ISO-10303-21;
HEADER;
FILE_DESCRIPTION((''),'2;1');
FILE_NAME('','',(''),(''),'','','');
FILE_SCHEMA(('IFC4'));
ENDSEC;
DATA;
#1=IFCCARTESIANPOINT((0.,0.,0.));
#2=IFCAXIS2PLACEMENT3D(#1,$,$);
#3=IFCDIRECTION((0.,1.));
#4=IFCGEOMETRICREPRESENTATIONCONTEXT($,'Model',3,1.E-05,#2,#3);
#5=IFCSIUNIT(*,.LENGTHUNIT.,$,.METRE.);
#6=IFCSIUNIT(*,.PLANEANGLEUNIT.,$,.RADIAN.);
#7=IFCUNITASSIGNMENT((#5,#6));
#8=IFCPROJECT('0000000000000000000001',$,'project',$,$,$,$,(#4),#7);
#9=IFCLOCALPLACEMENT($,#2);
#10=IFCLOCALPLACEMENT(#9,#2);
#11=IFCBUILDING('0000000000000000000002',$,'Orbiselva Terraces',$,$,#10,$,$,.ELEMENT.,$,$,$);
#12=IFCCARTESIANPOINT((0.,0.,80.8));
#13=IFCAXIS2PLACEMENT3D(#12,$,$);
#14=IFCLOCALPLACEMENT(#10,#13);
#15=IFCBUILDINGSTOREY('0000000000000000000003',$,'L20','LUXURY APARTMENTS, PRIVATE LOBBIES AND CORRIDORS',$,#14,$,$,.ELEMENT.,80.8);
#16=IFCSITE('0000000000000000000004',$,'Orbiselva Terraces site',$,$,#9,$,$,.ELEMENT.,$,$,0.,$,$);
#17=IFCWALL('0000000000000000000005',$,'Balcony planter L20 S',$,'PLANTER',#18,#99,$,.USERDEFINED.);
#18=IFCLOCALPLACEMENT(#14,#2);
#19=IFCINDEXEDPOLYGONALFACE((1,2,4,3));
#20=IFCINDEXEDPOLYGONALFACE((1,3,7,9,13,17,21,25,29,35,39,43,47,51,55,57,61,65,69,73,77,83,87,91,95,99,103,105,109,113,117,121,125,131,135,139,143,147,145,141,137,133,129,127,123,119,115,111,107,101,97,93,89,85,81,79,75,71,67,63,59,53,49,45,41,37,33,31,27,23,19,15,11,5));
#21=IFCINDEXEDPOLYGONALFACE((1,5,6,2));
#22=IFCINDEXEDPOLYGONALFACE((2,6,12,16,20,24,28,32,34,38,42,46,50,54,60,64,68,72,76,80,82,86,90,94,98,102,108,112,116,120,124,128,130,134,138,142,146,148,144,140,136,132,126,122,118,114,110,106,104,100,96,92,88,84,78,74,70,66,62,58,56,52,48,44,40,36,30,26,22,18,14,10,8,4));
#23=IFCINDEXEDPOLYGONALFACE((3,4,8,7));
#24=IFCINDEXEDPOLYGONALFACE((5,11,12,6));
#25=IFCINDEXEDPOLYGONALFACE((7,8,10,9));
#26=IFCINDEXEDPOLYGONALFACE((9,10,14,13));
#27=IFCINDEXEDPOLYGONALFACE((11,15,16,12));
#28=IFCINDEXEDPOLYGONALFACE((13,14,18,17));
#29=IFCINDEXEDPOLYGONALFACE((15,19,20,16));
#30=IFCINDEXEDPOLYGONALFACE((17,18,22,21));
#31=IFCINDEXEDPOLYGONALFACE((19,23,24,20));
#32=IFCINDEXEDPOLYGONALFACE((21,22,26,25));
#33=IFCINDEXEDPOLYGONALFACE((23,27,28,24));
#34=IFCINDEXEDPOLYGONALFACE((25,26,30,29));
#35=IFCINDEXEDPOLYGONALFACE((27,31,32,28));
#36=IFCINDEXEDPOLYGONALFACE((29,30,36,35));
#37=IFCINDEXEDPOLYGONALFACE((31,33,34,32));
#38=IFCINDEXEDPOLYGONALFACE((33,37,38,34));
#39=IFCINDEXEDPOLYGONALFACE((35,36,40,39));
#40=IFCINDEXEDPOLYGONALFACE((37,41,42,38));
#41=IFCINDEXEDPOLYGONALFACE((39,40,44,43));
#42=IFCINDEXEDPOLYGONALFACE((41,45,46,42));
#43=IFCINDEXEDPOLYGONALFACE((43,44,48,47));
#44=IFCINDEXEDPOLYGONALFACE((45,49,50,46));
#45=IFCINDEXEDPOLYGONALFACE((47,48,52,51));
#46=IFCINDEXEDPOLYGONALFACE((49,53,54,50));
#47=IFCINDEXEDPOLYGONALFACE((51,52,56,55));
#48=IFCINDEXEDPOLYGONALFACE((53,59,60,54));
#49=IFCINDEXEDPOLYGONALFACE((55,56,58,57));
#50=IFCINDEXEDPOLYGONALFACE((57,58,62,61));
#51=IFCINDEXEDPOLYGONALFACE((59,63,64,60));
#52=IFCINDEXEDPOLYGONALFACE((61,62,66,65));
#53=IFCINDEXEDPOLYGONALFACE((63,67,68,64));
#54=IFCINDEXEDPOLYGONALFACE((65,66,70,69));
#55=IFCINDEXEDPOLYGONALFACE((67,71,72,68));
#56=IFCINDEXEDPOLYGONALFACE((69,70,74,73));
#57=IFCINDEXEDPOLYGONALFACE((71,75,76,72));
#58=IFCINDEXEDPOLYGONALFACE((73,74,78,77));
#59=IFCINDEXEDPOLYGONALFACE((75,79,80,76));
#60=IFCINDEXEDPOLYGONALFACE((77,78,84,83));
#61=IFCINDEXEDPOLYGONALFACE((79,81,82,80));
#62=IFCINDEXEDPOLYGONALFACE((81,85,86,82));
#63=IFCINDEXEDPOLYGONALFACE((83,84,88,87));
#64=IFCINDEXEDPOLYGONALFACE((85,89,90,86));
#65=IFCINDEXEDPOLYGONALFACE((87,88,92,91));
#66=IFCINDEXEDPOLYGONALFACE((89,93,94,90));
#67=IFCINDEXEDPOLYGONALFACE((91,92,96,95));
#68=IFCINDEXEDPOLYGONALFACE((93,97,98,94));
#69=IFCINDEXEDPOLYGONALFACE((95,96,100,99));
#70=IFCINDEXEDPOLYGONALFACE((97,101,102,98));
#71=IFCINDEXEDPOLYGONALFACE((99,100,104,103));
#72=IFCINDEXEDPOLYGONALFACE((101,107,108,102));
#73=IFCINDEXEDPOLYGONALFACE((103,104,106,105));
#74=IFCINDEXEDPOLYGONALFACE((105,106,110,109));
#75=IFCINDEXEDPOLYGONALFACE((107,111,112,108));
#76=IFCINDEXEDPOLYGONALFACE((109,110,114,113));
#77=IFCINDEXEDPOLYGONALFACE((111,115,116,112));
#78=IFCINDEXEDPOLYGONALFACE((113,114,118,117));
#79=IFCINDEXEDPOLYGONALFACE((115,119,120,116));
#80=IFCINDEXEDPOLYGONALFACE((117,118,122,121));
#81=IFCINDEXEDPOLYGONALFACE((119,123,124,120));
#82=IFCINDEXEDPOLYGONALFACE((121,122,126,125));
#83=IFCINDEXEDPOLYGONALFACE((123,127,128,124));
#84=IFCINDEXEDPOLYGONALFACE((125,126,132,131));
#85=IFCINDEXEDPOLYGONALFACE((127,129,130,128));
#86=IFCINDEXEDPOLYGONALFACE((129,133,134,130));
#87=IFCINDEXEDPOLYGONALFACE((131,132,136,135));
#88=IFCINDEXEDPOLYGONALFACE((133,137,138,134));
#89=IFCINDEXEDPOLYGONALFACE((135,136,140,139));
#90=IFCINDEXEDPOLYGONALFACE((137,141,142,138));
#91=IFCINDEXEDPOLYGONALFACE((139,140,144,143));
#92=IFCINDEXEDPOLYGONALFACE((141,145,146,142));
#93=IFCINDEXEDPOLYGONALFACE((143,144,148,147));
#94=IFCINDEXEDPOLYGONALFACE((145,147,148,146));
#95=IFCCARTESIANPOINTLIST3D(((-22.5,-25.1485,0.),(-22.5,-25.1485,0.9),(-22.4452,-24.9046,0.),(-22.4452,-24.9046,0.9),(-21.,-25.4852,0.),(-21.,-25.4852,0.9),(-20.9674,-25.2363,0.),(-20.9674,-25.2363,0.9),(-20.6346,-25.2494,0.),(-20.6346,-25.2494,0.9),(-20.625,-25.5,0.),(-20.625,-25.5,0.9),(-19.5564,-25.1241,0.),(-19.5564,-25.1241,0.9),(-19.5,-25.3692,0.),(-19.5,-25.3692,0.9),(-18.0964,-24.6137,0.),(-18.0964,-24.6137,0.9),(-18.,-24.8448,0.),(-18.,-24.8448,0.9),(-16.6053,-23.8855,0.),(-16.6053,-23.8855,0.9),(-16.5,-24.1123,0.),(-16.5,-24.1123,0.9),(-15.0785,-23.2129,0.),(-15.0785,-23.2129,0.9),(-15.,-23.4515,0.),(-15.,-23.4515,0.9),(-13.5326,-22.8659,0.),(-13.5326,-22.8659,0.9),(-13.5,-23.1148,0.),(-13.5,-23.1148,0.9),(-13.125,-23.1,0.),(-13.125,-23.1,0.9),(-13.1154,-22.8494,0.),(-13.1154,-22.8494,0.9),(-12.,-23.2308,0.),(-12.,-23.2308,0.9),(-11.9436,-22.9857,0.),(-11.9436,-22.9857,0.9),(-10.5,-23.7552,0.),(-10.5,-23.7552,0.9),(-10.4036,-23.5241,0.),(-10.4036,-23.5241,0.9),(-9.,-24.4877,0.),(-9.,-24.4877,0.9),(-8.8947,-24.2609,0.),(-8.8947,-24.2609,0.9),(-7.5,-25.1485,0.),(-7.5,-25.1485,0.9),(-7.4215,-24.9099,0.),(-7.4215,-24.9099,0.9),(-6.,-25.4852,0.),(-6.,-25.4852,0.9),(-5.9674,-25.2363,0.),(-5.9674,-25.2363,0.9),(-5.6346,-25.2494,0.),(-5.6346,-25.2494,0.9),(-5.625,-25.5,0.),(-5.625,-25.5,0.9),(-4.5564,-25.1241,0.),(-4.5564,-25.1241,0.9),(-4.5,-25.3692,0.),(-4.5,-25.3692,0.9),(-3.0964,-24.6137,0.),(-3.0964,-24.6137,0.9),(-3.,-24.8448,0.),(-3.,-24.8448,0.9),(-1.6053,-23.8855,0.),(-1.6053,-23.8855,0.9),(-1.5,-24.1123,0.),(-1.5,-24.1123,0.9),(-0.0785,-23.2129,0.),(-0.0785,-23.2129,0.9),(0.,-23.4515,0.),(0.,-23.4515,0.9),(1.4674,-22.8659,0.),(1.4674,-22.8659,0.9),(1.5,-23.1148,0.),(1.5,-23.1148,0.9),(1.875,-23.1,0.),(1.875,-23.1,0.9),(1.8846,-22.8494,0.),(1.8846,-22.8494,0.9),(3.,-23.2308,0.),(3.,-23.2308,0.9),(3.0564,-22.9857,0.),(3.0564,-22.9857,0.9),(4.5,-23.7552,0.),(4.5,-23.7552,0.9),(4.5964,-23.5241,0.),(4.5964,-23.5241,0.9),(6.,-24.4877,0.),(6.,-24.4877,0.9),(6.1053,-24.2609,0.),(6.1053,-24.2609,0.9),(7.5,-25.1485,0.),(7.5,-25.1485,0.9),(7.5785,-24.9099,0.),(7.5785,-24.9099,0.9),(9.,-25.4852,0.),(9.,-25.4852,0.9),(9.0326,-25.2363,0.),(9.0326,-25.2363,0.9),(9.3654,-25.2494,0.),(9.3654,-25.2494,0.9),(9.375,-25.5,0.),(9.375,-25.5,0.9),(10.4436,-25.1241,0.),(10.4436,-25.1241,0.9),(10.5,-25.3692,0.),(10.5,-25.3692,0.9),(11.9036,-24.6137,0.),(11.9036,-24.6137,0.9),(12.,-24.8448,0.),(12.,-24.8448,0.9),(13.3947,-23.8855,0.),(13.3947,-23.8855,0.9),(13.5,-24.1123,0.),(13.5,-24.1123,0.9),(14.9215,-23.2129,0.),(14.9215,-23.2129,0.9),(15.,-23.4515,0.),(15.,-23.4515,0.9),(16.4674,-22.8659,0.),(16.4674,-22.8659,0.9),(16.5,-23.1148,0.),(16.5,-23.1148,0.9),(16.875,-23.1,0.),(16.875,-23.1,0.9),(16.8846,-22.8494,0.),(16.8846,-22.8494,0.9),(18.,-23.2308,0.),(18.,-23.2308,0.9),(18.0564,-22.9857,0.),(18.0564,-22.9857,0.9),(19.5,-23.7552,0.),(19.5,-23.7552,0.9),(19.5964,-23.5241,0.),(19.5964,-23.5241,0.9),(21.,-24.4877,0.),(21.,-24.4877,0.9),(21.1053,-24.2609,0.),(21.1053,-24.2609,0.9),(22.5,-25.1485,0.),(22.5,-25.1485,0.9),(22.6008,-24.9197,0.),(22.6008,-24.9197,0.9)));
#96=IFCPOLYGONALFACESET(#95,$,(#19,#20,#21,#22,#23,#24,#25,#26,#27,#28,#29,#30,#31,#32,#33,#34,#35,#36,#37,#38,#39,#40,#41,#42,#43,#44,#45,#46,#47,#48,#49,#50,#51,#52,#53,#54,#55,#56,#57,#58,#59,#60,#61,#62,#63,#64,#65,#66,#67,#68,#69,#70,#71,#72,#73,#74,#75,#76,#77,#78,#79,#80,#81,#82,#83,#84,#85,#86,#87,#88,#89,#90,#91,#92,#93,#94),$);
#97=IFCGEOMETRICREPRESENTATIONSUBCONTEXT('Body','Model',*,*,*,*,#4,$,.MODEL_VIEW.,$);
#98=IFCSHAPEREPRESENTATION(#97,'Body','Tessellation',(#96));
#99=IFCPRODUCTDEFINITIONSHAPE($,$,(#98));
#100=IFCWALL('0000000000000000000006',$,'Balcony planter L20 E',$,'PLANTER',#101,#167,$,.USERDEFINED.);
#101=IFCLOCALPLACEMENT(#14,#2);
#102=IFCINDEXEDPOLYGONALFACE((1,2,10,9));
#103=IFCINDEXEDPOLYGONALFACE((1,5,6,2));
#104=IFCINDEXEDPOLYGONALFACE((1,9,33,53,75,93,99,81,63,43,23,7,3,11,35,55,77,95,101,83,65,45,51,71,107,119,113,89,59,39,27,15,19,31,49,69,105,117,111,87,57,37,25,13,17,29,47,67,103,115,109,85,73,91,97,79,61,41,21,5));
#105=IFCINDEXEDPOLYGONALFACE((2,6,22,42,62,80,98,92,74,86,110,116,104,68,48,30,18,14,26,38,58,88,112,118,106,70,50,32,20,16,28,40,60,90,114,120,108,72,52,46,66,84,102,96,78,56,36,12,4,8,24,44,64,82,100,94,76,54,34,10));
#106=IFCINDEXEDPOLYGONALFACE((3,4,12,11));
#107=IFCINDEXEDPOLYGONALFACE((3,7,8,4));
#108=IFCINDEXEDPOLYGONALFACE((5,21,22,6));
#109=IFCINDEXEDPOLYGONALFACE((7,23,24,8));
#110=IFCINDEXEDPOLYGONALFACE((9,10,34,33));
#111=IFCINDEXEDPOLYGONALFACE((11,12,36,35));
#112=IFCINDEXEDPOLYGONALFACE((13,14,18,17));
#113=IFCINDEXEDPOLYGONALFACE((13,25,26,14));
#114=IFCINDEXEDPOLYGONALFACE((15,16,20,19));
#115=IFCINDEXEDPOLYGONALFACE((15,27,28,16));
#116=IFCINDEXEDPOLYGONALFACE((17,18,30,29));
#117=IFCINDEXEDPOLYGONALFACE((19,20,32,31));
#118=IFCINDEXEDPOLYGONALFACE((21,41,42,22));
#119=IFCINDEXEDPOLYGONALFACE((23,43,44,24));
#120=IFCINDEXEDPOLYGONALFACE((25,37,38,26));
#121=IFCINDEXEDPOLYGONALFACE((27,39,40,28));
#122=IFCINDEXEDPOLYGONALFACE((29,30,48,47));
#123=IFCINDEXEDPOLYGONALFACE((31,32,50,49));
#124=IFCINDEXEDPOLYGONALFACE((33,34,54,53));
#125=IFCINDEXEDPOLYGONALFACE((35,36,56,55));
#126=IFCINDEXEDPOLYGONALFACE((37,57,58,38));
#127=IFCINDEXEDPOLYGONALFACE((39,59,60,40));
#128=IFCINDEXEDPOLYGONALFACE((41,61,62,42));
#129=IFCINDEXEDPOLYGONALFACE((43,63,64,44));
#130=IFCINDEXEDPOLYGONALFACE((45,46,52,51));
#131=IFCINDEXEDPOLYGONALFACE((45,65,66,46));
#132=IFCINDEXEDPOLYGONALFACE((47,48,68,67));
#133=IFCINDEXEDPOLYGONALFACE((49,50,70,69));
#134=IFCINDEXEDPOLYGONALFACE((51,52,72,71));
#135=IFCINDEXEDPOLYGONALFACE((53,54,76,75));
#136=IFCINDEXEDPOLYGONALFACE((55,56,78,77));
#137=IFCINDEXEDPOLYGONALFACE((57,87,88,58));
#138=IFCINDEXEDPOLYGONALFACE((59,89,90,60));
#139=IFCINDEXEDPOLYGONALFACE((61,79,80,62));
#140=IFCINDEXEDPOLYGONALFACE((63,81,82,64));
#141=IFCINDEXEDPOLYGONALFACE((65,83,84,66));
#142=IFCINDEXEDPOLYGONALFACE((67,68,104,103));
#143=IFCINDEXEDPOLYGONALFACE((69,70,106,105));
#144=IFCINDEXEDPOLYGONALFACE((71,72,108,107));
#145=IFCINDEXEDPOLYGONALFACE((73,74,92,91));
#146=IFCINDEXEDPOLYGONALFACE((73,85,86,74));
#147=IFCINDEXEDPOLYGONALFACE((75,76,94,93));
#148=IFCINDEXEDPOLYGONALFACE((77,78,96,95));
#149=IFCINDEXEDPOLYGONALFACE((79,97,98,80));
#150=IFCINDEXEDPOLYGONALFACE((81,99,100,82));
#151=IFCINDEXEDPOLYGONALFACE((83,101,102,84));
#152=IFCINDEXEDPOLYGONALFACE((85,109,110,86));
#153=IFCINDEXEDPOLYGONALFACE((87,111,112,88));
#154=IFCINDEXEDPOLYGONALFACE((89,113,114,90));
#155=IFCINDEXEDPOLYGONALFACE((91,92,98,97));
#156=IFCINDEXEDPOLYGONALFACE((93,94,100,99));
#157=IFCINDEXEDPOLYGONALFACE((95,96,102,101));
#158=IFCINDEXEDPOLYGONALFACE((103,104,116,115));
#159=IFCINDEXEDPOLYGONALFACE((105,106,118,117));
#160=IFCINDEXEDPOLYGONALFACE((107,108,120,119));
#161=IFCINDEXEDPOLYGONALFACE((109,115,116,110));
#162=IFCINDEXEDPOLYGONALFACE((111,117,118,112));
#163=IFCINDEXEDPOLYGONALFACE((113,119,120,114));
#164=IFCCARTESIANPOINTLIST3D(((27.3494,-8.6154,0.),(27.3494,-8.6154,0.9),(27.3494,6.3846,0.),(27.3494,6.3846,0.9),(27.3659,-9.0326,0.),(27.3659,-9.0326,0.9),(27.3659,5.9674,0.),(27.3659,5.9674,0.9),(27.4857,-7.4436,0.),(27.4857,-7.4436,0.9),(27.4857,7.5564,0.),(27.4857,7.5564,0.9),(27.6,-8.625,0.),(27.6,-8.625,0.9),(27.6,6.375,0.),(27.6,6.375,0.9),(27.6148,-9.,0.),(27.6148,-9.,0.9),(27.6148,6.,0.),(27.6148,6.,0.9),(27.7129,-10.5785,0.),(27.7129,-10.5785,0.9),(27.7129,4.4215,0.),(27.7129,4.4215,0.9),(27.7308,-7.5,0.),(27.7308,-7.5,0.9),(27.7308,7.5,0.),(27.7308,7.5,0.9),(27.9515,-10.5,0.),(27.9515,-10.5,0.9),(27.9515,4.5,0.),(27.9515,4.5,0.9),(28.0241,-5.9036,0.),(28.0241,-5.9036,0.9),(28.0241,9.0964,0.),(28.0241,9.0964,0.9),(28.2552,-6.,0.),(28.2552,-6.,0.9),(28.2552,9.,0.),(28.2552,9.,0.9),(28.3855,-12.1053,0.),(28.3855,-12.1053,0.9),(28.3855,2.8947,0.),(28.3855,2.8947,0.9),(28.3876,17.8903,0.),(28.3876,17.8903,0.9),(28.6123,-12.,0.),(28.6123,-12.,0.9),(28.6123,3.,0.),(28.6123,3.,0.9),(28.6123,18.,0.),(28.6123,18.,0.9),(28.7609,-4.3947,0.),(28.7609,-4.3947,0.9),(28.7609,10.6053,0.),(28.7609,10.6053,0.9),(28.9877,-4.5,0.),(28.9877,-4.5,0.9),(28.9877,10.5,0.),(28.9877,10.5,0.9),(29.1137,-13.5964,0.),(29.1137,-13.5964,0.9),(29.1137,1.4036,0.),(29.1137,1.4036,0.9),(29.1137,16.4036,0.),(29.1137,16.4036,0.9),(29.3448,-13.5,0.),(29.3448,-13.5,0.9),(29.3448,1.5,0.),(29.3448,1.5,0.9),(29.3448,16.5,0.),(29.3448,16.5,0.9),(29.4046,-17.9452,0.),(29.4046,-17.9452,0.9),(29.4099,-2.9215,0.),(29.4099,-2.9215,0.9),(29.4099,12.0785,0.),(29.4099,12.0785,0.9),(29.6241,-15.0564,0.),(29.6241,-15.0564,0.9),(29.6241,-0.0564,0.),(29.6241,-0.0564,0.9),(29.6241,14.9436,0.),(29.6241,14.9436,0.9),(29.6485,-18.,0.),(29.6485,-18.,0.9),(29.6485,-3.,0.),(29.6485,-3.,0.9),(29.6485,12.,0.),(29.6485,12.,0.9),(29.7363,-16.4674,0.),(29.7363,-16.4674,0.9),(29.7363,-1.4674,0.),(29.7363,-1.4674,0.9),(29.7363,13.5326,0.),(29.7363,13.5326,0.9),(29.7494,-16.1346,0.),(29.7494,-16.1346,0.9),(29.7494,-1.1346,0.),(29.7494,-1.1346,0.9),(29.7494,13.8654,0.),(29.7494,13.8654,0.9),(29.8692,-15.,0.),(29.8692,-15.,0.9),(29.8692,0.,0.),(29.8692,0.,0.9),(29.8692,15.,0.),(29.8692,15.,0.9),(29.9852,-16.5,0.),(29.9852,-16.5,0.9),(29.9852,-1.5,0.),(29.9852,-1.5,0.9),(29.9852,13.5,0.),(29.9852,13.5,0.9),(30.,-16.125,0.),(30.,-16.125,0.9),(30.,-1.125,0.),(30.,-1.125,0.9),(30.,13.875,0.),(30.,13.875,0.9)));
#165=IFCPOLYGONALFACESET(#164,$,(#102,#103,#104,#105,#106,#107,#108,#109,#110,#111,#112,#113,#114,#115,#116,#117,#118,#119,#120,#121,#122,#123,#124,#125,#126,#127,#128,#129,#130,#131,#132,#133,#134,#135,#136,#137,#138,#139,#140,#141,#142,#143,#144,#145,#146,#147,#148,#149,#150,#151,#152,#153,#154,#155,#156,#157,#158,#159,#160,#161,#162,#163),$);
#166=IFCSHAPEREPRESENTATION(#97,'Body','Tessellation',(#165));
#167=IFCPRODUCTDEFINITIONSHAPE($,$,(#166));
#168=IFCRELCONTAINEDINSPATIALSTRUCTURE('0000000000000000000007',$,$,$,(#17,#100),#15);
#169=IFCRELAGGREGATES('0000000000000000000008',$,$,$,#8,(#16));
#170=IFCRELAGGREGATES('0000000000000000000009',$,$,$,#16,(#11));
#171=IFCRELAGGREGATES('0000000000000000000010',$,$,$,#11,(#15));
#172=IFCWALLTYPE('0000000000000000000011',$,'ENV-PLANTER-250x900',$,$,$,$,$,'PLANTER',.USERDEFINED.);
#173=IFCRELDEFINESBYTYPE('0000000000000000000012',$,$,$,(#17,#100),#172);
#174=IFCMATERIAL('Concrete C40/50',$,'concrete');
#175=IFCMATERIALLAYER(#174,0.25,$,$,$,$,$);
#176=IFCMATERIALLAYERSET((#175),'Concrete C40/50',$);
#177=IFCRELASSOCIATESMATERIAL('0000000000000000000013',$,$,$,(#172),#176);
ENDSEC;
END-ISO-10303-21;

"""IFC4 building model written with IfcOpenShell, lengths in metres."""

from ifc_helpers import new_model, si_unit, direction, frame, origin, place, context, subcontext, project, spatial, polyline, outline, extrude, material, layer, layer_set, type_object, element, save


model = new_model("IFC4")

# Units and contexts
model_context = context("Model", 3, precision=1e-05, world=origin(), true_north=direction((0.0, 1.0)))
body_context = subcontext(model_context, "Body", "Model", "MODEL_VIEW")
ifc_project = project(units=[si_unit("LENGTHUNIT", "METRE"), si_unit("PLANEANGLEUNIT", "RADIAN")], contexts=[model_context])

# Site, building, storey
site_placement = place(None, origin())
site = spatial("IfcSite", under=ifc_project, at=site_placement, Name="Orbiselva Terraces site", CompositionType="ELEMENT", RefElevation=0.0)
building_placement = place(site_placement, origin())
building = spatial("IfcBuilding", under=site, at=building_placement, Name="Orbiselva Terraces", CompositionType="ELEMENT")
storey_placement = place(building_placement, frame((0.0, 0.0, 80.8)))
storey = spatial("IfcBuildingStorey", under=building, at=storey_placement, Name="L20", Description="LUXURY APARTMENTS, PRIVATE LOBBIES AND CORRIDORS", CompositionType="ELEMENT", Elevation=80.8)

# Shared definitions
ifc_material_1 = material(Name="Concrete C40/50", Category="concrete")

# Walls
ifc_layer_1 = layer(ifc_material_1, 0.25)
ifc_layer_set_1 = layer_set([ifc_layer_1], Name="Concrete C40/50")
wall_type = type_object("IfcWallType", Name="ENV-PLANTER-250x900", ElementType="PLANTER", PredefinedType="USERDEFINED", material=ifc_layer_set_1)
wall_1_placement = place(storey_placement, origin())
element("IfcWall", 1, at=wall_1_placement, inside=storey, type_object=wall_type, Name="Balcony planter L20 S", ObjectType="PLANTER", PredefinedType="USERDEFINED", context=body_context, shape_type="SweptSolid", body=[
    extrude(outline(polyline([(-22.5, -25.1485), (-21.0, -25.4852), (-20.625, -25.5), (-19.5, -25.3692), (-18.0, -24.8448), (-16.5, -24.1123), (-15.0, -23.4515), (-13.5, -23.1148), (-13.125, -23.1), (-12.0, -23.2308), (-10.5, -23.7552), (-9.0, -24.4877), (-7.5, -25.1485), (-6.0, -25.4852), (-5.625, -25.5), (-4.5, -25.3692), (-3.0, -24.8448), (-1.5, -24.1123), (0.0, -23.4515), (1.5, -23.1148), (1.875, -23.1), (3.0, -23.2308), (4.5, -23.7552), (6.0, -24.4877), (7.5, -25.1485), (9.0, -25.4852), (9.375, -25.5), (10.5, -25.3692), (12.0, -24.8448), (13.5, -24.1123), (15.0, -23.4515), (16.5, -23.1148), (16.875, -23.1), (18.0, -23.2308), (19.5, -23.7552), (21.0, -24.4877), (22.5, -25.1485), (22.6008, -24.9197), (21.1053, -24.2609), (19.5964, -23.5241), (18.0564, -22.9857), (16.8846, -22.8494), (16.4674, -22.8659), (14.9215, -23.2129), (13.3947, -23.8855), (11.9036, -24.6137), (10.4436, -25.1241), (9.3654, -25.2494), (9.0326, -25.2363), (7.5785, -24.9099), (6.1053, -24.2609), (4.5964, -23.5241), (3.0564, -22.9857), (1.8846, -22.8494), (1.4674, -22.8659), (-0.0785, -23.2129), (-1.6053, -23.8855), (-3.0964, -24.6137), (-4.5564, -25.1241), (-5.6346, -25.2494), (-5.9674, -25.2363), (-7.4215, -24.9099), (-8.8947, -24.2609), (-10.4036, -23.5241), (-11.9436, -22.9857), (-13.1154, -22.8494), (-13.5326, -22.8659), (-15.0785, -23.2129), (-16.6053, -23.8855), (-18.0964, -24.6137), (-19.5564, -25.1241), (-20.6346, -25.2494), (-20.9674, -25.2363), (-22.4452, -24.9046), (-22.5, -25.1485)])), origin(), (0.0, 0.0, 1.0), 0.9),
])
wall_2_placement = place(storey_placement, origin())
element("IfcWall", 2, at=wall_2_placement, inside=storey, type_object=wall_type, Name="Balcony planter L20 E", ObjectType="PLANTER", PredefinedType="USERDEFINED", context=body_context, shape_type="SweptSolid", body=[
    extrude(outline(polyline([(29.6485, -18.0), (29.9852, -16.5), (30.0, -16.125), (29.8692, -15.0), (29.3448, -13.5), (28.6123, -12.0), (27.9515, -10.5), (27.6148, -9.0), (27.6, -8.625), (27.7308, -7.5), (28.2552, -6.0), (28.9877, -4.5), (29.6485, -3.0), (29.9852, -1.5), (30.0, -1.125), (29.8692, 0.0), (29.3448, 1.5), (28.6123, 3.0), (27.9515, 4.5), (27.6148, 6.0), (27.6, 6.375), (27.7308, 7.5), (28.2552, 9.0), (28.9877, 10.5), (29.6485, 12.0), (29.9852, 13.5), (30.0, 13.875), (29.8692, 15.0), (29.3448, 16.5), (28.6123, 18.0), (28.3876, 17.8903), (29.1137, 16.4036), (29.6241, 14.9436), (29.7494, 13.8654), (29.7363, 13.5326), (29.4099, 12.0785), (28.7609, 10.6053), (28.0241, 9.0964), (27.4857, 7.5564), (27.3494, 6.3846), (27.3659, 5.9674), (27.7129, 4.4215), (28.3855, 2.8947), (29.1137, 1.4036), (29.6241, -0.0564), (29.7494, -1.1346), (29.7363, -1.4674), (29.4099, -2.9215), (28.7609, -4.3947), (28.0241, -5.9036), (27.4857, -7.4436), (27.3494, -8.6154), (27.3659, -9.0326), (27.7129, -10.5785), (28.3855, -12.1053), (29.1137, -13.5964), (29.6241, -15.0564), (29.7494, -16.1346), (29.7363, -16.4674), (29.4046, -17.9452), (29.6485, -18.0)])), origin(), (0.0, 0.0, 1.0), 0.9),
])

save(model, "model.ifc")
